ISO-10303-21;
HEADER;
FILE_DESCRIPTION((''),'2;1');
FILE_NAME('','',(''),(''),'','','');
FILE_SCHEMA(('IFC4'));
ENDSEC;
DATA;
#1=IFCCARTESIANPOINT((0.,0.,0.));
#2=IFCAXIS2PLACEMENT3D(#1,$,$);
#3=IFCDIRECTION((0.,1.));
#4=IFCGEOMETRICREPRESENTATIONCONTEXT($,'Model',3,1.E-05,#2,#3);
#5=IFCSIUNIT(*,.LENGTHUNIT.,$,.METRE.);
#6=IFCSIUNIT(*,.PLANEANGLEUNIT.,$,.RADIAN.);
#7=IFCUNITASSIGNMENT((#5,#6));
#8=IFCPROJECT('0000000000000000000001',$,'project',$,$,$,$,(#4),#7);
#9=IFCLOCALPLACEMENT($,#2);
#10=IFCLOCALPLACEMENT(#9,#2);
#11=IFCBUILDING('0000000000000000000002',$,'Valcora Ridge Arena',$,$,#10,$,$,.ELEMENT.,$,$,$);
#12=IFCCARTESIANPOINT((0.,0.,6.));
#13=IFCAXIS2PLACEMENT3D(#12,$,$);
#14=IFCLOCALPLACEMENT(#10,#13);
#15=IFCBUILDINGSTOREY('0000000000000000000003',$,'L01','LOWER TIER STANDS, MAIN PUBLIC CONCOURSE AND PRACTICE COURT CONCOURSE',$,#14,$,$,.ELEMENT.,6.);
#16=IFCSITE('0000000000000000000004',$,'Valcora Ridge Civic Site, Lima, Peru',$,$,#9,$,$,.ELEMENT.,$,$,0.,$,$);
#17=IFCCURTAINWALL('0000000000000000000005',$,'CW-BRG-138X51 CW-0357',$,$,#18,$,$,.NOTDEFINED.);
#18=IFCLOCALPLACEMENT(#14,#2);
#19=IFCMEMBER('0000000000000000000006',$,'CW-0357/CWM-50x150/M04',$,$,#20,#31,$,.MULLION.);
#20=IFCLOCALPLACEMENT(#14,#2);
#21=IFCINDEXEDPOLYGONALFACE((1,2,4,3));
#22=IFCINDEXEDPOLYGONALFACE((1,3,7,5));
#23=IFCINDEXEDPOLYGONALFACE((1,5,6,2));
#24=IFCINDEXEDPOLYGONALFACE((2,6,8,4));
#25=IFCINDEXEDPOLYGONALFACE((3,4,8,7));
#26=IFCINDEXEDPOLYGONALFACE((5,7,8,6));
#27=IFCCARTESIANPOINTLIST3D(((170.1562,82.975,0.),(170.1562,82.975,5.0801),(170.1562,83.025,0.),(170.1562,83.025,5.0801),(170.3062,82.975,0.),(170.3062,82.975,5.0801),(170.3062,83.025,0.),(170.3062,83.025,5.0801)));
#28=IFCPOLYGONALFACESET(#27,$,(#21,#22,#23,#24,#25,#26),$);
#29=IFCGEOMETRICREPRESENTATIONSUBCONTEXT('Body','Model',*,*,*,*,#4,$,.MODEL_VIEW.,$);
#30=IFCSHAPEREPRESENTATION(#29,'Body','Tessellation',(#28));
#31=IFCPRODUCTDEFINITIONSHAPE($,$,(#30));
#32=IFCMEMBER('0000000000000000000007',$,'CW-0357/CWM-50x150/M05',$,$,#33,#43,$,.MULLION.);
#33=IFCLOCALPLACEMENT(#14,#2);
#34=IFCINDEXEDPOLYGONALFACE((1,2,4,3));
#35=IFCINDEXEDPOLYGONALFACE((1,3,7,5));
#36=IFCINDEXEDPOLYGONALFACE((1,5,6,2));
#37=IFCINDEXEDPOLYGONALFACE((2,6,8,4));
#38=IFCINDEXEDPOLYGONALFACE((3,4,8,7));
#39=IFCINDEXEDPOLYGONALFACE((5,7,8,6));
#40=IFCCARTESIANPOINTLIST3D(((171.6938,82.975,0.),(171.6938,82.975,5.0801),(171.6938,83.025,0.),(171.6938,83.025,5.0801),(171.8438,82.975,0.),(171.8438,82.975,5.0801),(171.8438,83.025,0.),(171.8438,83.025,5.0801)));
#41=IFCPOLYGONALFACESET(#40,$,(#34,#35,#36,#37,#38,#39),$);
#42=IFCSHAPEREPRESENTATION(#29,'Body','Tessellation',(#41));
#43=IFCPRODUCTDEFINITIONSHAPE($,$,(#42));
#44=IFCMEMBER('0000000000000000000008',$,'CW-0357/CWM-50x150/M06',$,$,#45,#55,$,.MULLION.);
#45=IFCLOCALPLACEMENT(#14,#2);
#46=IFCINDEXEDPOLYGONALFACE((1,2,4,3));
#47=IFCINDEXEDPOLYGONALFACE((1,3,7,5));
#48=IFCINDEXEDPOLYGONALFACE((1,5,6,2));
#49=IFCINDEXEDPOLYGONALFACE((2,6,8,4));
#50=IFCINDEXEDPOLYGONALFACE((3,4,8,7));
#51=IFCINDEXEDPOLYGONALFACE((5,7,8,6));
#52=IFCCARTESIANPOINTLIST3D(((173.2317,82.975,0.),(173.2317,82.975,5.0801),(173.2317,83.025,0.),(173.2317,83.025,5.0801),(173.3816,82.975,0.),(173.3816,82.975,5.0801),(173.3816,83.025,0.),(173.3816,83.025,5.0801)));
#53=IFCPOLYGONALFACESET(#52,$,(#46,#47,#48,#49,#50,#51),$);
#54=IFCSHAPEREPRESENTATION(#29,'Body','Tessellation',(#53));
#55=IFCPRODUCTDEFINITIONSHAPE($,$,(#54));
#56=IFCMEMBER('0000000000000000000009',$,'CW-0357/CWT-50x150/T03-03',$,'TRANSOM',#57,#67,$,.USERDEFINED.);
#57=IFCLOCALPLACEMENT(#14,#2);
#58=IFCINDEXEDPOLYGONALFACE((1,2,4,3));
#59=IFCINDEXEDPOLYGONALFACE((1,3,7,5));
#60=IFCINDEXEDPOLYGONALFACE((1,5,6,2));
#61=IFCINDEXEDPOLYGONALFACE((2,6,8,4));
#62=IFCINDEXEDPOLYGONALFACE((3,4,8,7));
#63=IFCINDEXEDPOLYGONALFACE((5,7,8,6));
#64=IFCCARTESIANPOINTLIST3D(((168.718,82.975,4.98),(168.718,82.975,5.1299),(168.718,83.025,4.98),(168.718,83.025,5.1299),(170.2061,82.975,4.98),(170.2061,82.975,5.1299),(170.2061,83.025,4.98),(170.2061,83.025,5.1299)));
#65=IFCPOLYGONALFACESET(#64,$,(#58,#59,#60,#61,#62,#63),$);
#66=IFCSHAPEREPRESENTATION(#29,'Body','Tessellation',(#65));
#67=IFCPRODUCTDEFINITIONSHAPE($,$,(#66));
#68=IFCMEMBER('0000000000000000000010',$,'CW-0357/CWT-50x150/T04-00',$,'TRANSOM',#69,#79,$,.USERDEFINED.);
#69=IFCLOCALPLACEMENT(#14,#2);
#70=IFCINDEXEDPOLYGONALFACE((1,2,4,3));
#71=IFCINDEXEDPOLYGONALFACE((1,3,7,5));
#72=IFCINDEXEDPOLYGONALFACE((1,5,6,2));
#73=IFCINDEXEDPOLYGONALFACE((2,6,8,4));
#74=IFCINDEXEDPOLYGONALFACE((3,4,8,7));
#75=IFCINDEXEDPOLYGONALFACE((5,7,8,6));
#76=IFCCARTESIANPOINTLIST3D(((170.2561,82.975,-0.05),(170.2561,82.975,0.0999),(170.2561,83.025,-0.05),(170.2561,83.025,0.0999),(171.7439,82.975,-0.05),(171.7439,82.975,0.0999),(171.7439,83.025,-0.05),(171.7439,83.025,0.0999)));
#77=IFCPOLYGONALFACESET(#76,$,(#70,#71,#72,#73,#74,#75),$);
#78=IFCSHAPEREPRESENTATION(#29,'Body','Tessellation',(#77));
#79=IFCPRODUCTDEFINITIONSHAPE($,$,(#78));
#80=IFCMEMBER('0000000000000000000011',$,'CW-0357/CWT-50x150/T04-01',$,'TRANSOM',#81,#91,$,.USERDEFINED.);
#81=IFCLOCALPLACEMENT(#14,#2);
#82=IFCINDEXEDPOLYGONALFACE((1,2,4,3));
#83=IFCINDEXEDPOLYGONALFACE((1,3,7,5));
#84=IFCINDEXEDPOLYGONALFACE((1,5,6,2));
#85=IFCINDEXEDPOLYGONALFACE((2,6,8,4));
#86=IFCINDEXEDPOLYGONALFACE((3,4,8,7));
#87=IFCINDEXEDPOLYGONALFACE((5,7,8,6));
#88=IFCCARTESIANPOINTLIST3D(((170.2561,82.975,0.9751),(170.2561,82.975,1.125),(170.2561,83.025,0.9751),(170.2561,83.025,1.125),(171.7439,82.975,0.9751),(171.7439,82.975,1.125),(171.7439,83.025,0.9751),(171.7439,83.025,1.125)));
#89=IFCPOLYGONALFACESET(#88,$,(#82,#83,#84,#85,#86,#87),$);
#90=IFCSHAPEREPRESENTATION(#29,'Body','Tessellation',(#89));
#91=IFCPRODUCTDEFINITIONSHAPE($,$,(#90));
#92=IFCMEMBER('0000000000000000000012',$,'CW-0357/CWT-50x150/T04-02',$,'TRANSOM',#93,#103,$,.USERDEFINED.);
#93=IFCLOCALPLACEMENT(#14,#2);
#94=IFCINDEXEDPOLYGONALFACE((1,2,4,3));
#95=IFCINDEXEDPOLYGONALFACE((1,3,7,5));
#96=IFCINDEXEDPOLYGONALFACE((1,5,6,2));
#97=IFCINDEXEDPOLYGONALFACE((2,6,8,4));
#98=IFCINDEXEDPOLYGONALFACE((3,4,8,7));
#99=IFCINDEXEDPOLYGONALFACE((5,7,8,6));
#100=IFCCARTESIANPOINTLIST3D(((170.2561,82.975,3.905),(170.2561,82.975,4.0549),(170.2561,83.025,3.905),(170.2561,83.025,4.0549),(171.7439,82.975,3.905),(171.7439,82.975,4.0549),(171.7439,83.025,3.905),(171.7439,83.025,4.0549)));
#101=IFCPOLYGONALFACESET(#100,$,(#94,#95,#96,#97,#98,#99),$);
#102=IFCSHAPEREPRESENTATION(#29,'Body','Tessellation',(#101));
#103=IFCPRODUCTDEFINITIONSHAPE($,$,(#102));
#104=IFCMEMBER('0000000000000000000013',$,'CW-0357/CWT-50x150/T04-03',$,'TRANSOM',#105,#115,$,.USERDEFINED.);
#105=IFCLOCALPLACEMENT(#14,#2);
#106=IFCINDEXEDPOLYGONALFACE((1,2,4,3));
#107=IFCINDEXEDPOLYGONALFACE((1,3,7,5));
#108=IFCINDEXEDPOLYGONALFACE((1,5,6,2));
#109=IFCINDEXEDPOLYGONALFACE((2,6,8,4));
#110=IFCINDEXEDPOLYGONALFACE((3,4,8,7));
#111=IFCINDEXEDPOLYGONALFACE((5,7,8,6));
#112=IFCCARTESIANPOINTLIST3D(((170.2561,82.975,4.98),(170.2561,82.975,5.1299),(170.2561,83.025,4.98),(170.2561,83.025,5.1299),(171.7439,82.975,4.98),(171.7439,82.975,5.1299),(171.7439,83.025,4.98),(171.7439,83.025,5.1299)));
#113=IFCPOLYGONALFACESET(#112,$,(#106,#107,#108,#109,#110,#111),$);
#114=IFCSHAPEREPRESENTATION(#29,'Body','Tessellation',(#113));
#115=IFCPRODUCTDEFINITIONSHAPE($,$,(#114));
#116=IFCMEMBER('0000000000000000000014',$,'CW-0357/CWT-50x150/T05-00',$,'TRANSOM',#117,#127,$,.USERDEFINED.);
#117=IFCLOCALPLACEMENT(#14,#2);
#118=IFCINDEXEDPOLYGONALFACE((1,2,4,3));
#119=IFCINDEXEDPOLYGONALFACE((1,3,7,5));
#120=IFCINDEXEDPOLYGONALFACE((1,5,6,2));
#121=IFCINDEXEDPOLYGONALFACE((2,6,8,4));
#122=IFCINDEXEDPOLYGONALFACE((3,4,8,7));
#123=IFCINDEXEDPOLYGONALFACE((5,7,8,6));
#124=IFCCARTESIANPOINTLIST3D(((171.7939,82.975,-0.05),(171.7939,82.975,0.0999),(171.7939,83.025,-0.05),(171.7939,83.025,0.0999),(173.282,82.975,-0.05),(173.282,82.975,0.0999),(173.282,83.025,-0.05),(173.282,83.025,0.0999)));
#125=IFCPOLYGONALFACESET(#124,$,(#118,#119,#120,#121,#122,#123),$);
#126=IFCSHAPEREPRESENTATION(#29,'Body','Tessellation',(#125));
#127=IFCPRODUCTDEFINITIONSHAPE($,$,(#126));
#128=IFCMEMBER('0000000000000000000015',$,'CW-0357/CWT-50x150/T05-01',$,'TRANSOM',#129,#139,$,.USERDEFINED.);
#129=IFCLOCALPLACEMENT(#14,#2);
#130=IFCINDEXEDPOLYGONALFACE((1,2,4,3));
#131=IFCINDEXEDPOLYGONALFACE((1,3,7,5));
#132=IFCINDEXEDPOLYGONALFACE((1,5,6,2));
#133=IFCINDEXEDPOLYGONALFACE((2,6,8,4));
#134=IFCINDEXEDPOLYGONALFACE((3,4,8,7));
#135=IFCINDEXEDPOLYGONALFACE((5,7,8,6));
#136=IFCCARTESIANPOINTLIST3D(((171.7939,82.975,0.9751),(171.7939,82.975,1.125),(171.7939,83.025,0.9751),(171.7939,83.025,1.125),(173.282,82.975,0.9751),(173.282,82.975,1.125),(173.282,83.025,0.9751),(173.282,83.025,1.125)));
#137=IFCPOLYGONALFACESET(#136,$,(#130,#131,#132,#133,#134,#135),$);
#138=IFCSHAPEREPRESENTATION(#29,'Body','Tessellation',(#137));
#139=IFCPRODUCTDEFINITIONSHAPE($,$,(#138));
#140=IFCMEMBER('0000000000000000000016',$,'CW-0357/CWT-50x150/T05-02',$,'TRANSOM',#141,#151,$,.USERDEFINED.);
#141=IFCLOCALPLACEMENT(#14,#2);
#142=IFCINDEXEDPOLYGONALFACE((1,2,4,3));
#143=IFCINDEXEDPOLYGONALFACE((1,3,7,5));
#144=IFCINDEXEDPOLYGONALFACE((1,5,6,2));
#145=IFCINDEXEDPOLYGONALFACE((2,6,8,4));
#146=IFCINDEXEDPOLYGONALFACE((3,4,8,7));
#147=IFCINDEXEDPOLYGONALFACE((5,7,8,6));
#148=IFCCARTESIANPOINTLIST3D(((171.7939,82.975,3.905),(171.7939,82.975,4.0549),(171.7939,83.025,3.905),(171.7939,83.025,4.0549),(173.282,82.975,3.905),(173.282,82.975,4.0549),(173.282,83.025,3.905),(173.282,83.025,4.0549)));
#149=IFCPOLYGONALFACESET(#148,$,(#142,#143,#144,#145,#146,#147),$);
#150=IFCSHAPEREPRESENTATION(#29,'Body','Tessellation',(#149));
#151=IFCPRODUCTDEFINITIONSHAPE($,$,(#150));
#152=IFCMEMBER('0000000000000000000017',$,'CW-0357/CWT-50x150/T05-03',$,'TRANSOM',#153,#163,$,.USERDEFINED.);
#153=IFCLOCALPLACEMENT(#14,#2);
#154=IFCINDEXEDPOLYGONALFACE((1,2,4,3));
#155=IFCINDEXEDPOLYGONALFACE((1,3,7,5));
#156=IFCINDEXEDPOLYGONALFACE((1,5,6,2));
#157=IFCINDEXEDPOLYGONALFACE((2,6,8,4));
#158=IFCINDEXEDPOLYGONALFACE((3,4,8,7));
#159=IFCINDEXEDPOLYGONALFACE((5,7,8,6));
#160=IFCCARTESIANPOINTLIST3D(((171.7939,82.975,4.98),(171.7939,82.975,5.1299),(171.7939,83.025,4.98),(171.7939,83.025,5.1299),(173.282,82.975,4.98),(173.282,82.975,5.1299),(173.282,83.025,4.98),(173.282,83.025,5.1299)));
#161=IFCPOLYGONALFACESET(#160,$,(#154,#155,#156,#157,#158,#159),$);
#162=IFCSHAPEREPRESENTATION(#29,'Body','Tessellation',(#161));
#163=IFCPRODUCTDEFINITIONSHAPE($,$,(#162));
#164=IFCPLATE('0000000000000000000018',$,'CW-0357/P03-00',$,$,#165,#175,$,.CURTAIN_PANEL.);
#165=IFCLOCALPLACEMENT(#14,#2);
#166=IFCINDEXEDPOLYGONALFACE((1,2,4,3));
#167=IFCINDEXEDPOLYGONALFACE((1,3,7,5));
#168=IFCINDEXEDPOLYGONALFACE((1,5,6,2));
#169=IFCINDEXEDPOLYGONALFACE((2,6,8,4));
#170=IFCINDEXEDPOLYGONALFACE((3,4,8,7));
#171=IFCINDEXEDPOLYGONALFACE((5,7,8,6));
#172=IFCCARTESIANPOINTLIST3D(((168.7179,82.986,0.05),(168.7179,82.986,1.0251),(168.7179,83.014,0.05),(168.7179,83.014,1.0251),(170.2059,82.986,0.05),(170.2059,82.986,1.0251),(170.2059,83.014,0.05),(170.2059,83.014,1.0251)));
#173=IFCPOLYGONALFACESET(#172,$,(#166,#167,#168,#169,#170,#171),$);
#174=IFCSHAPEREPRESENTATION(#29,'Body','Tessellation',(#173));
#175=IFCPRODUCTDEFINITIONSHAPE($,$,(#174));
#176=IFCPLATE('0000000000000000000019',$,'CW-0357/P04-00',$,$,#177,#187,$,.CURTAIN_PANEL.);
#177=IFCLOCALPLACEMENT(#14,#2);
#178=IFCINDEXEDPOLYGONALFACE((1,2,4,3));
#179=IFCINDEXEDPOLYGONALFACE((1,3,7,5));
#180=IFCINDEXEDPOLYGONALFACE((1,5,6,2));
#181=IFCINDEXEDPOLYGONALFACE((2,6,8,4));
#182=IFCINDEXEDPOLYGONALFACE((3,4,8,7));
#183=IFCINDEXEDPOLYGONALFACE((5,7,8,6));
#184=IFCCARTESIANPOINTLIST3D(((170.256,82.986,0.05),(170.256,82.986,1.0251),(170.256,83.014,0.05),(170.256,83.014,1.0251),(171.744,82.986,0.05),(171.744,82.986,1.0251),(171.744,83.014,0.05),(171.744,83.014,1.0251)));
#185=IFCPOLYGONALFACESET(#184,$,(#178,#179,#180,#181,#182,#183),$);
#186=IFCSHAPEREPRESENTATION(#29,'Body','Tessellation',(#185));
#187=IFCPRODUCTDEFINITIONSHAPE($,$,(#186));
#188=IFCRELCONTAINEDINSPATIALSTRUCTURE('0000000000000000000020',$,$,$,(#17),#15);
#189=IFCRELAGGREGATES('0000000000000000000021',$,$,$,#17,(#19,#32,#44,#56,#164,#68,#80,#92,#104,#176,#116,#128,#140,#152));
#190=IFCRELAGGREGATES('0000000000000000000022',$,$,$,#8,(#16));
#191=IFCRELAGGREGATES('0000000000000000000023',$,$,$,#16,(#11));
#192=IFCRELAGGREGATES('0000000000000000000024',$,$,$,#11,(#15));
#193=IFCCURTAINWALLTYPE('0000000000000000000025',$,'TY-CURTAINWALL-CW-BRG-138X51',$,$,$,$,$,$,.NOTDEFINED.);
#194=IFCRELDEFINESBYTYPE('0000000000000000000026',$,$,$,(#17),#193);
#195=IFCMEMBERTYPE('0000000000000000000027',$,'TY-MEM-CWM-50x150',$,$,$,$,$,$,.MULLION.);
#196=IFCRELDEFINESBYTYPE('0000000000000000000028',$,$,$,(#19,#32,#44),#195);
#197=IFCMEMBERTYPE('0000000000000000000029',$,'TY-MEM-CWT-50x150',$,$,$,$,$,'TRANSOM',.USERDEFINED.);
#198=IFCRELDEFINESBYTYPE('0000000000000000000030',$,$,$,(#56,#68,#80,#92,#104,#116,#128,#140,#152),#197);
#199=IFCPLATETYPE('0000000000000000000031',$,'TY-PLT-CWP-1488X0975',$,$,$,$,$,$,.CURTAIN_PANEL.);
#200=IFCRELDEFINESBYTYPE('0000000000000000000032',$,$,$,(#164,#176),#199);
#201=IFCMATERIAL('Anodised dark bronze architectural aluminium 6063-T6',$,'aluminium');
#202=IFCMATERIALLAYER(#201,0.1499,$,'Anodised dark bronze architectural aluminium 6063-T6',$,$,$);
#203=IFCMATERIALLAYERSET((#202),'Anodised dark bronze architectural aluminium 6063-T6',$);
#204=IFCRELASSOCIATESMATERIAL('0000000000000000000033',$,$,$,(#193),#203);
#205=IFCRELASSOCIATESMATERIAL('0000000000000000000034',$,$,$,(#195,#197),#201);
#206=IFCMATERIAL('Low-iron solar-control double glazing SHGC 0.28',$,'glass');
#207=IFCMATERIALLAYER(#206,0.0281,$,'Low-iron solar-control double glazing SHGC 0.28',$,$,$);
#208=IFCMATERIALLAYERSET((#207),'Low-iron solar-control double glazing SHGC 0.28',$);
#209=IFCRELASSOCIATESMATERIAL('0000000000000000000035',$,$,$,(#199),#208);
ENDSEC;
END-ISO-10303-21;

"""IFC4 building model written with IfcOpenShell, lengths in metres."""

from ifc_helpers import new_model, si_unit, direction, frame, origin, origin_2d, place, context, subcontext, project, spatial, rectangle, extrude, material, layer, layer_set, material_profile, profile_set, type_object, element, aggregate, save


model = new_model("IFC4")

# Units and contexts
model_context = context("Model", 3, precision=1e-05, world=origin(), true_north=direction((0.0, 1.0)))
body_context = subcontext(model_context, "Body", "Model", "MODEL_VIEW")
ifc_project = project(units=[si_unit("LENGTHUNIT", "METRE"), si_unit("PLANEANGLEUNIT", "RADIAN")], contexts=[model_context])

# Site, building, storey
site_placement = place(None, origin())
site = spatial("IfcSite", under=ifc_project, at=site_placement, Name="Valcora Ridge Civic Site, Lima, Peru", CompositionType="ELEMENT", RefElevation=0.0)
building_placement = place(site_placement, origin())
building = spatial("IfcBuilding", under=site, at=building_placement, Name="Valcora Ridge Arena", CompositionType="ELEMENT")
storey_placement = place(building_placement, frame((0.0, 0.0, 6.0)))
storey = spatial("IfcBuildingStorey", under=building, at=storey_placement, Name="L01", Description="LOWER TIER STANDS, MAIN PUBLIC CONCOURSE AND PRACTICE COURT CONCOURSE", CompositionType="ELEMENT", Elevation=6.0)

# Curtain wall, members, plates
ifc_material_1 = material(Name="Anodised dark bronze architectural aluminium 6063-T6", Category="aluminium")
ifc_layer_1 = layer(ifc_material_1, 0.1499, Name="Anodised dark bronze architectural aluminium 6063-T6")
ifc_layer_set_1 = layer_set([ifc_layer_1], Name="Anodised dark bronze architectural aluminium 6063-T6")
curtain_wall_type = type_object("IfcCurtainWallType", Name="TY-CURTAINWALL-CW-BRG-138X51", PredefinedType="NOTDEFINED", material=ifc_layer_set_1)
curtain_wall_placement = place(storey_placement, origin())
curtain_wall = element("IfcCurtainWall", 1, at=curtain_wall_placement, inside=storey, type_object=curtain_wall_type, Name="CW-BRG-138X51 CW-0357", PredefinedType="NOTDEFINED")
ifc_material_profile_1 = material_profile(ifc_material_1, rectangle(XDim=0.05, YDim=0.1499, at=origin_2d()), Name="ALU MULLION 50x150")
ifc_profile_set_1 = profile_set([ifc_material_profile_1], Name="Anodised dark bronze architectural aluminium 6063-T6")
member_type_1 = type_object("IfcMemberType", Name="TY-MEM-CWM-50x150", PredefinedType="MULLION", material=ifc_profile_set_1)
member_1_placement = place(storey_placement, frame((170.2312, 83.0, 0.0), z_axis=(0.0, 0.0, 1.0), x_axis=(0.0, 1.0, 0.0)))
member_1 = element("IfcMember", 2, at=member_1_placement, type_object=member_type_1, Name="CW-0357/CWM-50x150/M04", PredefinedType="MULLION", context=body_context, shape_type="SweptSolid", body=[
    extrude(rectangle(XDim=0.05, YDim=0.1499, at=origin_2d()), origin(), (0.0, 0.0, 1.0), 5.0801),
])
member_2_placement = place(storey_placement, frame((171.7688, 83.0, 0.0), z_axis=(0.0, 0.0, 1.0), x_axis=(0.0, 1.0, 0.0)))
member_2 = element("IfcMember", 3, at=member_2_placement, type_object=member_type_1, Name="CW-0357/CWM-50x150/M05", PredefinedType="MULLION", context=body_context, shape_type="SweptSolid", body=[
    extrude(rectangle(XDim=0.05, YDim=0.1499, at=origin_2d()), origin(), (0.0, 0.0, 1.0), 5.0801),
])
member_3_placement = place(storey_placement, frame((173.3066, 83.0, 0.0), z_axis=(0.0, 0.0, 1.0), x_axis=(0.0, 1.0, 0.0)))
member_3 = element("IfcMember", 4, at=member_3_placement, type_object=member_type_1, Name="CW-0357/CWM-50x150/M06", PredefinedType="MULLION", context=body_context, shape_type="SweptSolid", body=[
    extrude(rectangle(XDim=0.05, YDim=0.1499, at=origin_2d()), origin(), (0.0, 0.0, 1.0), 5.0801),
])
ifc_material_profile_2 = material_profile(ifc_material_1, rectangle(XDim=0.05, YDim=0.1499, at=origin_2d()), Name="ALU TRANSOM 50x150")
ifc_profile_set_2 = profile_set([ifc_material_profile_2], Name="Anodised dark bronze architectural aluminium 6063-T6")
member_type_2 = type_object("IfcMemberType", Name="TY-MEM-CWT-50x150", ElementType="TRANSOM", PredefinedType="USERDEFINED", material=ifc_profile_set_2)
member_4_placement = place(storey_placement, frame((168.718, 83.0, 5.0549), z_axis=(1.0, 0.0, 0.0), x_axis=(0.0, 1.0, 0.0)))
member_4 = element("IfcMember", 5, at=member_4_placement, type_object=member_type_2, Name="CW-0357/CWT-50x150/T03-03", ObjectType="TRANSOM", PredefinedType="USERDEFINED", context=body_context, shape_type="SweptSolid", body=[
    extrude(rectangle(XDim=0.05, YDim=0.1499, at=origin_2d()), origin(), (0.0, 0.0, 1.0), 1.488),
])
member_5_placement = place(storey_placement, frame((170.2561, 83.0, 0.0249), z_axis=(1.0, 0.0, 0.0), x_axis=(0.0, 1.0, 0.0)))
member_5 = element("IfcMember", 6, at=member_5_placement, type_object=member_type_2, Name="CW-0357/CWT-50x150/T04-00", ObjectType="TRANSOM", PredefinedType="USERDEFINED", context=body_context, shape_type="SweptSolid", body=[
    extrude(rectangle(XDim=0.05, YDim=0.1499, at=origin_2d()), origin(), (0.0, 0.0, 1.0), 1.4878),
])
member_6_placement = place(storey_placement, frame((170.2561, 83.0, 1.05), z_axis=(1.0, 0.0, 0.0), x_axis=(0.0, 1.0, 0.0)))
member_6 = element("IfcMember", 7, at=member_6_placement, type_object=member_type_2, Name="CW-0357/CWT-50x150/T04-01", ObjectType="TRANSOM", PredefinedType="USERDEFINED", context=body_context, shape_type="SweptSolid", body=[
    extrude(rectangle(XDim=0.05, YDim=0.1499, at=origin_2d()), origin(), (0.0, 0.0, 1.0), 1.4878),
])
member_7_placement = place(storey_placement, frame((170.2561, 83.0, 3.98), z_axis=(1.0, 0.0, 0.0), x_axis=(0.0, 1.0, 0.0)))
member_7 = element("IfcMember", 8, at=member_7_placement, type_object=member_type_2, Name="CW-0357/CWT-50x150/T04-02", ObjectType="TRANSOM", PredefinedType="USERDEFINED", context=body_context, shape_type="SweptSolid", body=[
    extrude(rectangle(XDim=0.05, YDim=0.1499, at=origin_2d()), origin(), (0.0, 0.0, 1.0), 1.4878),
])
member_8_placement = place(storey_placement, frame((170.2561, 83.0, 5.0549), z_axis=(1.0, 0.0, 0.0), x_axis=(0.0, 1.0, 0.0)))
member_8 = element("IfcMember", 9, at=member_8_placement, type_object=member_type_2, Name="CW-0357/CWT-50x150/T04-03", ObjectType="TRANSOM", PredefinedType="USERDEFINED", context=body_context, shape_type="SweptSolid", body=[
    extrude(rectangle(XDim=0.05, YDim=0.1499, at=origin_2d()), origin(), (0.0, 0.0, 1.0), 1.4878),
])
member_9_placement = place(storey_placement, frame((171.7939, 83.0, 0.0249), z_axis=(1.0, 0.0, 0.0), x_axis=(0.0, 1.0, 0.0)))
member_9 = element("IfcMember", 10, at=member_9_placement, type_object=member_type_2, Name="CW-0357/CWT-50x150/T05-00", ObjectType="TRANSOM", PredefinedType="USERDEFINED", context=body_context, shape_type="SweptSolid", body=[
    extrude(rectangle(XDim=0.05, YDim=0.1499, at=origin_2d()), origin(), (0.0, 0.0, 1.0), 1.488),
])
member_10_placement = place(storey_placement, frame((171.7939, 83.0, 1.05), z_axis=(1.0, 0.0, 0.0), x_axis=(0.0, 1.0, 0.0)))
member_10 = element("IfcMember", 11, at=member_10_placement, type_object=member_type_2, Name="CW-0357/CWT-50x150/T05-01", ObjectType="TRANSOM", PredefinedType="USERDEFINED", context=body_context, shape_type="SweptSolid", body=[
    extrude(rectangle(XDim=0.05, YDim=0.1499, at=origin_2d()), origin(), (0.0, 0.0, 1.0), 1.488),
])
member_11_placement = place(storey_placement, frame((171.7939, 83.0, 3.98), z_axis=(1.0, 0.0, 0.0), x_axis=(0.0, 1.0, 0.0)))
member_11 = element("IfcMember", 12, at=member_11_placement, type_object=member_type_2, Name="CW-0357/CWT-50x150/T05-02", ObjectType="TRANSOM", PredefinedType="USERDEFINED", context=body_context, shape_type="SweptSolid", body=[
    extrude(rectangle(XDim=0.05, YDim=0.1499, at=origin_2d()), origin(), (0.0, 0.0, 1.0), 1.488),
])
member_12_placement = place(storey_placement, frame((171.7939, 83.0, 5.0549), z_axis=(1.0, 0.0, 0.0), x_axis=(0.0, 1.0, 0.0)))
member_12 = element("IfcMember", 13, at=member_12_placement, type_object=member_type_2, Name="CW-0357/CWT-50x150/T05-03", ObjectType="TRANSOM", PredefinedType="USERDEFINED", context=body_context, shape_type="SweptSolid", body=[
    extrude(rectangle(XDim=0.05, YDim=0.1499, at=origin_2d()), origin(), (0.0, 0.0, 1.0), 1.488),
])
ifc_material_2 = material(Name="Low-iron solar-control double glazing SHGC 0.28", Category="glass")
ifc_layer_2 = layer(ifc_material_2, 0.0281, Name="Low-iron solar-control double glazing SHGC 0.28")
ifc_layer_set_2 = layer_set([ifc_layer_2], Name="Low-iron solar-control double glazing SHGC 0.28")
plate_type_1 = type_object("IfcPlateType", Name="TY-PLT-CWP-1488X0975", PredefinedType="CURTAIN_PANEL", material=ifc_layer_set_2)
plate_1_placement = place(storey_placement, frame((169.4619, 83.0, 0.05), z_axis=(0.0, 0.0, 1.0), x_axis=(1.0, 0.0, 0.0)))
plate_1 = element("IfcPlate", 14, at=plate_1_placement, type_object=plate_type_1, Name="CW-0357/P03-00", PredefinedType="CURTAIN_PANEL", context=body_context, shape_type="SweptSolid", body=[
    extrude(rectangle(XDim=1.488, YDim=0.0281, at=origin_2d()), origin(), (0.0, 0.0, 1.0), 0.9751),
])
plate_2_placement = place(storey_placement, frame((171.0, 83.0, 0.05), z_axis=(0.0, 0.0, 1.0), x_axis=(1.0, 0.0, 0.0)))
plate_2 = element("IfcPlate", 15, at=plate_2_placement, type_object=plate_type_1, Name="CW-0357/P04-00", PredefinedType="CURTAIN_PANEL", context=body_context, shape_type="SweptSolid", body=[
    extrude(rectangle(XDim=1.488, YDim=0.0281, at=origin_2d()), origin(), (0.0, 0.0, 1.0), 0.9751),
])
aggregate(curtain_wall, [member_1, member_2, member_3, member_4, plate_1, member_5, member_6, member_7, member_8, plate_2, member_9, member_10, member_11, member_12])

save(model, "model.ifc")
